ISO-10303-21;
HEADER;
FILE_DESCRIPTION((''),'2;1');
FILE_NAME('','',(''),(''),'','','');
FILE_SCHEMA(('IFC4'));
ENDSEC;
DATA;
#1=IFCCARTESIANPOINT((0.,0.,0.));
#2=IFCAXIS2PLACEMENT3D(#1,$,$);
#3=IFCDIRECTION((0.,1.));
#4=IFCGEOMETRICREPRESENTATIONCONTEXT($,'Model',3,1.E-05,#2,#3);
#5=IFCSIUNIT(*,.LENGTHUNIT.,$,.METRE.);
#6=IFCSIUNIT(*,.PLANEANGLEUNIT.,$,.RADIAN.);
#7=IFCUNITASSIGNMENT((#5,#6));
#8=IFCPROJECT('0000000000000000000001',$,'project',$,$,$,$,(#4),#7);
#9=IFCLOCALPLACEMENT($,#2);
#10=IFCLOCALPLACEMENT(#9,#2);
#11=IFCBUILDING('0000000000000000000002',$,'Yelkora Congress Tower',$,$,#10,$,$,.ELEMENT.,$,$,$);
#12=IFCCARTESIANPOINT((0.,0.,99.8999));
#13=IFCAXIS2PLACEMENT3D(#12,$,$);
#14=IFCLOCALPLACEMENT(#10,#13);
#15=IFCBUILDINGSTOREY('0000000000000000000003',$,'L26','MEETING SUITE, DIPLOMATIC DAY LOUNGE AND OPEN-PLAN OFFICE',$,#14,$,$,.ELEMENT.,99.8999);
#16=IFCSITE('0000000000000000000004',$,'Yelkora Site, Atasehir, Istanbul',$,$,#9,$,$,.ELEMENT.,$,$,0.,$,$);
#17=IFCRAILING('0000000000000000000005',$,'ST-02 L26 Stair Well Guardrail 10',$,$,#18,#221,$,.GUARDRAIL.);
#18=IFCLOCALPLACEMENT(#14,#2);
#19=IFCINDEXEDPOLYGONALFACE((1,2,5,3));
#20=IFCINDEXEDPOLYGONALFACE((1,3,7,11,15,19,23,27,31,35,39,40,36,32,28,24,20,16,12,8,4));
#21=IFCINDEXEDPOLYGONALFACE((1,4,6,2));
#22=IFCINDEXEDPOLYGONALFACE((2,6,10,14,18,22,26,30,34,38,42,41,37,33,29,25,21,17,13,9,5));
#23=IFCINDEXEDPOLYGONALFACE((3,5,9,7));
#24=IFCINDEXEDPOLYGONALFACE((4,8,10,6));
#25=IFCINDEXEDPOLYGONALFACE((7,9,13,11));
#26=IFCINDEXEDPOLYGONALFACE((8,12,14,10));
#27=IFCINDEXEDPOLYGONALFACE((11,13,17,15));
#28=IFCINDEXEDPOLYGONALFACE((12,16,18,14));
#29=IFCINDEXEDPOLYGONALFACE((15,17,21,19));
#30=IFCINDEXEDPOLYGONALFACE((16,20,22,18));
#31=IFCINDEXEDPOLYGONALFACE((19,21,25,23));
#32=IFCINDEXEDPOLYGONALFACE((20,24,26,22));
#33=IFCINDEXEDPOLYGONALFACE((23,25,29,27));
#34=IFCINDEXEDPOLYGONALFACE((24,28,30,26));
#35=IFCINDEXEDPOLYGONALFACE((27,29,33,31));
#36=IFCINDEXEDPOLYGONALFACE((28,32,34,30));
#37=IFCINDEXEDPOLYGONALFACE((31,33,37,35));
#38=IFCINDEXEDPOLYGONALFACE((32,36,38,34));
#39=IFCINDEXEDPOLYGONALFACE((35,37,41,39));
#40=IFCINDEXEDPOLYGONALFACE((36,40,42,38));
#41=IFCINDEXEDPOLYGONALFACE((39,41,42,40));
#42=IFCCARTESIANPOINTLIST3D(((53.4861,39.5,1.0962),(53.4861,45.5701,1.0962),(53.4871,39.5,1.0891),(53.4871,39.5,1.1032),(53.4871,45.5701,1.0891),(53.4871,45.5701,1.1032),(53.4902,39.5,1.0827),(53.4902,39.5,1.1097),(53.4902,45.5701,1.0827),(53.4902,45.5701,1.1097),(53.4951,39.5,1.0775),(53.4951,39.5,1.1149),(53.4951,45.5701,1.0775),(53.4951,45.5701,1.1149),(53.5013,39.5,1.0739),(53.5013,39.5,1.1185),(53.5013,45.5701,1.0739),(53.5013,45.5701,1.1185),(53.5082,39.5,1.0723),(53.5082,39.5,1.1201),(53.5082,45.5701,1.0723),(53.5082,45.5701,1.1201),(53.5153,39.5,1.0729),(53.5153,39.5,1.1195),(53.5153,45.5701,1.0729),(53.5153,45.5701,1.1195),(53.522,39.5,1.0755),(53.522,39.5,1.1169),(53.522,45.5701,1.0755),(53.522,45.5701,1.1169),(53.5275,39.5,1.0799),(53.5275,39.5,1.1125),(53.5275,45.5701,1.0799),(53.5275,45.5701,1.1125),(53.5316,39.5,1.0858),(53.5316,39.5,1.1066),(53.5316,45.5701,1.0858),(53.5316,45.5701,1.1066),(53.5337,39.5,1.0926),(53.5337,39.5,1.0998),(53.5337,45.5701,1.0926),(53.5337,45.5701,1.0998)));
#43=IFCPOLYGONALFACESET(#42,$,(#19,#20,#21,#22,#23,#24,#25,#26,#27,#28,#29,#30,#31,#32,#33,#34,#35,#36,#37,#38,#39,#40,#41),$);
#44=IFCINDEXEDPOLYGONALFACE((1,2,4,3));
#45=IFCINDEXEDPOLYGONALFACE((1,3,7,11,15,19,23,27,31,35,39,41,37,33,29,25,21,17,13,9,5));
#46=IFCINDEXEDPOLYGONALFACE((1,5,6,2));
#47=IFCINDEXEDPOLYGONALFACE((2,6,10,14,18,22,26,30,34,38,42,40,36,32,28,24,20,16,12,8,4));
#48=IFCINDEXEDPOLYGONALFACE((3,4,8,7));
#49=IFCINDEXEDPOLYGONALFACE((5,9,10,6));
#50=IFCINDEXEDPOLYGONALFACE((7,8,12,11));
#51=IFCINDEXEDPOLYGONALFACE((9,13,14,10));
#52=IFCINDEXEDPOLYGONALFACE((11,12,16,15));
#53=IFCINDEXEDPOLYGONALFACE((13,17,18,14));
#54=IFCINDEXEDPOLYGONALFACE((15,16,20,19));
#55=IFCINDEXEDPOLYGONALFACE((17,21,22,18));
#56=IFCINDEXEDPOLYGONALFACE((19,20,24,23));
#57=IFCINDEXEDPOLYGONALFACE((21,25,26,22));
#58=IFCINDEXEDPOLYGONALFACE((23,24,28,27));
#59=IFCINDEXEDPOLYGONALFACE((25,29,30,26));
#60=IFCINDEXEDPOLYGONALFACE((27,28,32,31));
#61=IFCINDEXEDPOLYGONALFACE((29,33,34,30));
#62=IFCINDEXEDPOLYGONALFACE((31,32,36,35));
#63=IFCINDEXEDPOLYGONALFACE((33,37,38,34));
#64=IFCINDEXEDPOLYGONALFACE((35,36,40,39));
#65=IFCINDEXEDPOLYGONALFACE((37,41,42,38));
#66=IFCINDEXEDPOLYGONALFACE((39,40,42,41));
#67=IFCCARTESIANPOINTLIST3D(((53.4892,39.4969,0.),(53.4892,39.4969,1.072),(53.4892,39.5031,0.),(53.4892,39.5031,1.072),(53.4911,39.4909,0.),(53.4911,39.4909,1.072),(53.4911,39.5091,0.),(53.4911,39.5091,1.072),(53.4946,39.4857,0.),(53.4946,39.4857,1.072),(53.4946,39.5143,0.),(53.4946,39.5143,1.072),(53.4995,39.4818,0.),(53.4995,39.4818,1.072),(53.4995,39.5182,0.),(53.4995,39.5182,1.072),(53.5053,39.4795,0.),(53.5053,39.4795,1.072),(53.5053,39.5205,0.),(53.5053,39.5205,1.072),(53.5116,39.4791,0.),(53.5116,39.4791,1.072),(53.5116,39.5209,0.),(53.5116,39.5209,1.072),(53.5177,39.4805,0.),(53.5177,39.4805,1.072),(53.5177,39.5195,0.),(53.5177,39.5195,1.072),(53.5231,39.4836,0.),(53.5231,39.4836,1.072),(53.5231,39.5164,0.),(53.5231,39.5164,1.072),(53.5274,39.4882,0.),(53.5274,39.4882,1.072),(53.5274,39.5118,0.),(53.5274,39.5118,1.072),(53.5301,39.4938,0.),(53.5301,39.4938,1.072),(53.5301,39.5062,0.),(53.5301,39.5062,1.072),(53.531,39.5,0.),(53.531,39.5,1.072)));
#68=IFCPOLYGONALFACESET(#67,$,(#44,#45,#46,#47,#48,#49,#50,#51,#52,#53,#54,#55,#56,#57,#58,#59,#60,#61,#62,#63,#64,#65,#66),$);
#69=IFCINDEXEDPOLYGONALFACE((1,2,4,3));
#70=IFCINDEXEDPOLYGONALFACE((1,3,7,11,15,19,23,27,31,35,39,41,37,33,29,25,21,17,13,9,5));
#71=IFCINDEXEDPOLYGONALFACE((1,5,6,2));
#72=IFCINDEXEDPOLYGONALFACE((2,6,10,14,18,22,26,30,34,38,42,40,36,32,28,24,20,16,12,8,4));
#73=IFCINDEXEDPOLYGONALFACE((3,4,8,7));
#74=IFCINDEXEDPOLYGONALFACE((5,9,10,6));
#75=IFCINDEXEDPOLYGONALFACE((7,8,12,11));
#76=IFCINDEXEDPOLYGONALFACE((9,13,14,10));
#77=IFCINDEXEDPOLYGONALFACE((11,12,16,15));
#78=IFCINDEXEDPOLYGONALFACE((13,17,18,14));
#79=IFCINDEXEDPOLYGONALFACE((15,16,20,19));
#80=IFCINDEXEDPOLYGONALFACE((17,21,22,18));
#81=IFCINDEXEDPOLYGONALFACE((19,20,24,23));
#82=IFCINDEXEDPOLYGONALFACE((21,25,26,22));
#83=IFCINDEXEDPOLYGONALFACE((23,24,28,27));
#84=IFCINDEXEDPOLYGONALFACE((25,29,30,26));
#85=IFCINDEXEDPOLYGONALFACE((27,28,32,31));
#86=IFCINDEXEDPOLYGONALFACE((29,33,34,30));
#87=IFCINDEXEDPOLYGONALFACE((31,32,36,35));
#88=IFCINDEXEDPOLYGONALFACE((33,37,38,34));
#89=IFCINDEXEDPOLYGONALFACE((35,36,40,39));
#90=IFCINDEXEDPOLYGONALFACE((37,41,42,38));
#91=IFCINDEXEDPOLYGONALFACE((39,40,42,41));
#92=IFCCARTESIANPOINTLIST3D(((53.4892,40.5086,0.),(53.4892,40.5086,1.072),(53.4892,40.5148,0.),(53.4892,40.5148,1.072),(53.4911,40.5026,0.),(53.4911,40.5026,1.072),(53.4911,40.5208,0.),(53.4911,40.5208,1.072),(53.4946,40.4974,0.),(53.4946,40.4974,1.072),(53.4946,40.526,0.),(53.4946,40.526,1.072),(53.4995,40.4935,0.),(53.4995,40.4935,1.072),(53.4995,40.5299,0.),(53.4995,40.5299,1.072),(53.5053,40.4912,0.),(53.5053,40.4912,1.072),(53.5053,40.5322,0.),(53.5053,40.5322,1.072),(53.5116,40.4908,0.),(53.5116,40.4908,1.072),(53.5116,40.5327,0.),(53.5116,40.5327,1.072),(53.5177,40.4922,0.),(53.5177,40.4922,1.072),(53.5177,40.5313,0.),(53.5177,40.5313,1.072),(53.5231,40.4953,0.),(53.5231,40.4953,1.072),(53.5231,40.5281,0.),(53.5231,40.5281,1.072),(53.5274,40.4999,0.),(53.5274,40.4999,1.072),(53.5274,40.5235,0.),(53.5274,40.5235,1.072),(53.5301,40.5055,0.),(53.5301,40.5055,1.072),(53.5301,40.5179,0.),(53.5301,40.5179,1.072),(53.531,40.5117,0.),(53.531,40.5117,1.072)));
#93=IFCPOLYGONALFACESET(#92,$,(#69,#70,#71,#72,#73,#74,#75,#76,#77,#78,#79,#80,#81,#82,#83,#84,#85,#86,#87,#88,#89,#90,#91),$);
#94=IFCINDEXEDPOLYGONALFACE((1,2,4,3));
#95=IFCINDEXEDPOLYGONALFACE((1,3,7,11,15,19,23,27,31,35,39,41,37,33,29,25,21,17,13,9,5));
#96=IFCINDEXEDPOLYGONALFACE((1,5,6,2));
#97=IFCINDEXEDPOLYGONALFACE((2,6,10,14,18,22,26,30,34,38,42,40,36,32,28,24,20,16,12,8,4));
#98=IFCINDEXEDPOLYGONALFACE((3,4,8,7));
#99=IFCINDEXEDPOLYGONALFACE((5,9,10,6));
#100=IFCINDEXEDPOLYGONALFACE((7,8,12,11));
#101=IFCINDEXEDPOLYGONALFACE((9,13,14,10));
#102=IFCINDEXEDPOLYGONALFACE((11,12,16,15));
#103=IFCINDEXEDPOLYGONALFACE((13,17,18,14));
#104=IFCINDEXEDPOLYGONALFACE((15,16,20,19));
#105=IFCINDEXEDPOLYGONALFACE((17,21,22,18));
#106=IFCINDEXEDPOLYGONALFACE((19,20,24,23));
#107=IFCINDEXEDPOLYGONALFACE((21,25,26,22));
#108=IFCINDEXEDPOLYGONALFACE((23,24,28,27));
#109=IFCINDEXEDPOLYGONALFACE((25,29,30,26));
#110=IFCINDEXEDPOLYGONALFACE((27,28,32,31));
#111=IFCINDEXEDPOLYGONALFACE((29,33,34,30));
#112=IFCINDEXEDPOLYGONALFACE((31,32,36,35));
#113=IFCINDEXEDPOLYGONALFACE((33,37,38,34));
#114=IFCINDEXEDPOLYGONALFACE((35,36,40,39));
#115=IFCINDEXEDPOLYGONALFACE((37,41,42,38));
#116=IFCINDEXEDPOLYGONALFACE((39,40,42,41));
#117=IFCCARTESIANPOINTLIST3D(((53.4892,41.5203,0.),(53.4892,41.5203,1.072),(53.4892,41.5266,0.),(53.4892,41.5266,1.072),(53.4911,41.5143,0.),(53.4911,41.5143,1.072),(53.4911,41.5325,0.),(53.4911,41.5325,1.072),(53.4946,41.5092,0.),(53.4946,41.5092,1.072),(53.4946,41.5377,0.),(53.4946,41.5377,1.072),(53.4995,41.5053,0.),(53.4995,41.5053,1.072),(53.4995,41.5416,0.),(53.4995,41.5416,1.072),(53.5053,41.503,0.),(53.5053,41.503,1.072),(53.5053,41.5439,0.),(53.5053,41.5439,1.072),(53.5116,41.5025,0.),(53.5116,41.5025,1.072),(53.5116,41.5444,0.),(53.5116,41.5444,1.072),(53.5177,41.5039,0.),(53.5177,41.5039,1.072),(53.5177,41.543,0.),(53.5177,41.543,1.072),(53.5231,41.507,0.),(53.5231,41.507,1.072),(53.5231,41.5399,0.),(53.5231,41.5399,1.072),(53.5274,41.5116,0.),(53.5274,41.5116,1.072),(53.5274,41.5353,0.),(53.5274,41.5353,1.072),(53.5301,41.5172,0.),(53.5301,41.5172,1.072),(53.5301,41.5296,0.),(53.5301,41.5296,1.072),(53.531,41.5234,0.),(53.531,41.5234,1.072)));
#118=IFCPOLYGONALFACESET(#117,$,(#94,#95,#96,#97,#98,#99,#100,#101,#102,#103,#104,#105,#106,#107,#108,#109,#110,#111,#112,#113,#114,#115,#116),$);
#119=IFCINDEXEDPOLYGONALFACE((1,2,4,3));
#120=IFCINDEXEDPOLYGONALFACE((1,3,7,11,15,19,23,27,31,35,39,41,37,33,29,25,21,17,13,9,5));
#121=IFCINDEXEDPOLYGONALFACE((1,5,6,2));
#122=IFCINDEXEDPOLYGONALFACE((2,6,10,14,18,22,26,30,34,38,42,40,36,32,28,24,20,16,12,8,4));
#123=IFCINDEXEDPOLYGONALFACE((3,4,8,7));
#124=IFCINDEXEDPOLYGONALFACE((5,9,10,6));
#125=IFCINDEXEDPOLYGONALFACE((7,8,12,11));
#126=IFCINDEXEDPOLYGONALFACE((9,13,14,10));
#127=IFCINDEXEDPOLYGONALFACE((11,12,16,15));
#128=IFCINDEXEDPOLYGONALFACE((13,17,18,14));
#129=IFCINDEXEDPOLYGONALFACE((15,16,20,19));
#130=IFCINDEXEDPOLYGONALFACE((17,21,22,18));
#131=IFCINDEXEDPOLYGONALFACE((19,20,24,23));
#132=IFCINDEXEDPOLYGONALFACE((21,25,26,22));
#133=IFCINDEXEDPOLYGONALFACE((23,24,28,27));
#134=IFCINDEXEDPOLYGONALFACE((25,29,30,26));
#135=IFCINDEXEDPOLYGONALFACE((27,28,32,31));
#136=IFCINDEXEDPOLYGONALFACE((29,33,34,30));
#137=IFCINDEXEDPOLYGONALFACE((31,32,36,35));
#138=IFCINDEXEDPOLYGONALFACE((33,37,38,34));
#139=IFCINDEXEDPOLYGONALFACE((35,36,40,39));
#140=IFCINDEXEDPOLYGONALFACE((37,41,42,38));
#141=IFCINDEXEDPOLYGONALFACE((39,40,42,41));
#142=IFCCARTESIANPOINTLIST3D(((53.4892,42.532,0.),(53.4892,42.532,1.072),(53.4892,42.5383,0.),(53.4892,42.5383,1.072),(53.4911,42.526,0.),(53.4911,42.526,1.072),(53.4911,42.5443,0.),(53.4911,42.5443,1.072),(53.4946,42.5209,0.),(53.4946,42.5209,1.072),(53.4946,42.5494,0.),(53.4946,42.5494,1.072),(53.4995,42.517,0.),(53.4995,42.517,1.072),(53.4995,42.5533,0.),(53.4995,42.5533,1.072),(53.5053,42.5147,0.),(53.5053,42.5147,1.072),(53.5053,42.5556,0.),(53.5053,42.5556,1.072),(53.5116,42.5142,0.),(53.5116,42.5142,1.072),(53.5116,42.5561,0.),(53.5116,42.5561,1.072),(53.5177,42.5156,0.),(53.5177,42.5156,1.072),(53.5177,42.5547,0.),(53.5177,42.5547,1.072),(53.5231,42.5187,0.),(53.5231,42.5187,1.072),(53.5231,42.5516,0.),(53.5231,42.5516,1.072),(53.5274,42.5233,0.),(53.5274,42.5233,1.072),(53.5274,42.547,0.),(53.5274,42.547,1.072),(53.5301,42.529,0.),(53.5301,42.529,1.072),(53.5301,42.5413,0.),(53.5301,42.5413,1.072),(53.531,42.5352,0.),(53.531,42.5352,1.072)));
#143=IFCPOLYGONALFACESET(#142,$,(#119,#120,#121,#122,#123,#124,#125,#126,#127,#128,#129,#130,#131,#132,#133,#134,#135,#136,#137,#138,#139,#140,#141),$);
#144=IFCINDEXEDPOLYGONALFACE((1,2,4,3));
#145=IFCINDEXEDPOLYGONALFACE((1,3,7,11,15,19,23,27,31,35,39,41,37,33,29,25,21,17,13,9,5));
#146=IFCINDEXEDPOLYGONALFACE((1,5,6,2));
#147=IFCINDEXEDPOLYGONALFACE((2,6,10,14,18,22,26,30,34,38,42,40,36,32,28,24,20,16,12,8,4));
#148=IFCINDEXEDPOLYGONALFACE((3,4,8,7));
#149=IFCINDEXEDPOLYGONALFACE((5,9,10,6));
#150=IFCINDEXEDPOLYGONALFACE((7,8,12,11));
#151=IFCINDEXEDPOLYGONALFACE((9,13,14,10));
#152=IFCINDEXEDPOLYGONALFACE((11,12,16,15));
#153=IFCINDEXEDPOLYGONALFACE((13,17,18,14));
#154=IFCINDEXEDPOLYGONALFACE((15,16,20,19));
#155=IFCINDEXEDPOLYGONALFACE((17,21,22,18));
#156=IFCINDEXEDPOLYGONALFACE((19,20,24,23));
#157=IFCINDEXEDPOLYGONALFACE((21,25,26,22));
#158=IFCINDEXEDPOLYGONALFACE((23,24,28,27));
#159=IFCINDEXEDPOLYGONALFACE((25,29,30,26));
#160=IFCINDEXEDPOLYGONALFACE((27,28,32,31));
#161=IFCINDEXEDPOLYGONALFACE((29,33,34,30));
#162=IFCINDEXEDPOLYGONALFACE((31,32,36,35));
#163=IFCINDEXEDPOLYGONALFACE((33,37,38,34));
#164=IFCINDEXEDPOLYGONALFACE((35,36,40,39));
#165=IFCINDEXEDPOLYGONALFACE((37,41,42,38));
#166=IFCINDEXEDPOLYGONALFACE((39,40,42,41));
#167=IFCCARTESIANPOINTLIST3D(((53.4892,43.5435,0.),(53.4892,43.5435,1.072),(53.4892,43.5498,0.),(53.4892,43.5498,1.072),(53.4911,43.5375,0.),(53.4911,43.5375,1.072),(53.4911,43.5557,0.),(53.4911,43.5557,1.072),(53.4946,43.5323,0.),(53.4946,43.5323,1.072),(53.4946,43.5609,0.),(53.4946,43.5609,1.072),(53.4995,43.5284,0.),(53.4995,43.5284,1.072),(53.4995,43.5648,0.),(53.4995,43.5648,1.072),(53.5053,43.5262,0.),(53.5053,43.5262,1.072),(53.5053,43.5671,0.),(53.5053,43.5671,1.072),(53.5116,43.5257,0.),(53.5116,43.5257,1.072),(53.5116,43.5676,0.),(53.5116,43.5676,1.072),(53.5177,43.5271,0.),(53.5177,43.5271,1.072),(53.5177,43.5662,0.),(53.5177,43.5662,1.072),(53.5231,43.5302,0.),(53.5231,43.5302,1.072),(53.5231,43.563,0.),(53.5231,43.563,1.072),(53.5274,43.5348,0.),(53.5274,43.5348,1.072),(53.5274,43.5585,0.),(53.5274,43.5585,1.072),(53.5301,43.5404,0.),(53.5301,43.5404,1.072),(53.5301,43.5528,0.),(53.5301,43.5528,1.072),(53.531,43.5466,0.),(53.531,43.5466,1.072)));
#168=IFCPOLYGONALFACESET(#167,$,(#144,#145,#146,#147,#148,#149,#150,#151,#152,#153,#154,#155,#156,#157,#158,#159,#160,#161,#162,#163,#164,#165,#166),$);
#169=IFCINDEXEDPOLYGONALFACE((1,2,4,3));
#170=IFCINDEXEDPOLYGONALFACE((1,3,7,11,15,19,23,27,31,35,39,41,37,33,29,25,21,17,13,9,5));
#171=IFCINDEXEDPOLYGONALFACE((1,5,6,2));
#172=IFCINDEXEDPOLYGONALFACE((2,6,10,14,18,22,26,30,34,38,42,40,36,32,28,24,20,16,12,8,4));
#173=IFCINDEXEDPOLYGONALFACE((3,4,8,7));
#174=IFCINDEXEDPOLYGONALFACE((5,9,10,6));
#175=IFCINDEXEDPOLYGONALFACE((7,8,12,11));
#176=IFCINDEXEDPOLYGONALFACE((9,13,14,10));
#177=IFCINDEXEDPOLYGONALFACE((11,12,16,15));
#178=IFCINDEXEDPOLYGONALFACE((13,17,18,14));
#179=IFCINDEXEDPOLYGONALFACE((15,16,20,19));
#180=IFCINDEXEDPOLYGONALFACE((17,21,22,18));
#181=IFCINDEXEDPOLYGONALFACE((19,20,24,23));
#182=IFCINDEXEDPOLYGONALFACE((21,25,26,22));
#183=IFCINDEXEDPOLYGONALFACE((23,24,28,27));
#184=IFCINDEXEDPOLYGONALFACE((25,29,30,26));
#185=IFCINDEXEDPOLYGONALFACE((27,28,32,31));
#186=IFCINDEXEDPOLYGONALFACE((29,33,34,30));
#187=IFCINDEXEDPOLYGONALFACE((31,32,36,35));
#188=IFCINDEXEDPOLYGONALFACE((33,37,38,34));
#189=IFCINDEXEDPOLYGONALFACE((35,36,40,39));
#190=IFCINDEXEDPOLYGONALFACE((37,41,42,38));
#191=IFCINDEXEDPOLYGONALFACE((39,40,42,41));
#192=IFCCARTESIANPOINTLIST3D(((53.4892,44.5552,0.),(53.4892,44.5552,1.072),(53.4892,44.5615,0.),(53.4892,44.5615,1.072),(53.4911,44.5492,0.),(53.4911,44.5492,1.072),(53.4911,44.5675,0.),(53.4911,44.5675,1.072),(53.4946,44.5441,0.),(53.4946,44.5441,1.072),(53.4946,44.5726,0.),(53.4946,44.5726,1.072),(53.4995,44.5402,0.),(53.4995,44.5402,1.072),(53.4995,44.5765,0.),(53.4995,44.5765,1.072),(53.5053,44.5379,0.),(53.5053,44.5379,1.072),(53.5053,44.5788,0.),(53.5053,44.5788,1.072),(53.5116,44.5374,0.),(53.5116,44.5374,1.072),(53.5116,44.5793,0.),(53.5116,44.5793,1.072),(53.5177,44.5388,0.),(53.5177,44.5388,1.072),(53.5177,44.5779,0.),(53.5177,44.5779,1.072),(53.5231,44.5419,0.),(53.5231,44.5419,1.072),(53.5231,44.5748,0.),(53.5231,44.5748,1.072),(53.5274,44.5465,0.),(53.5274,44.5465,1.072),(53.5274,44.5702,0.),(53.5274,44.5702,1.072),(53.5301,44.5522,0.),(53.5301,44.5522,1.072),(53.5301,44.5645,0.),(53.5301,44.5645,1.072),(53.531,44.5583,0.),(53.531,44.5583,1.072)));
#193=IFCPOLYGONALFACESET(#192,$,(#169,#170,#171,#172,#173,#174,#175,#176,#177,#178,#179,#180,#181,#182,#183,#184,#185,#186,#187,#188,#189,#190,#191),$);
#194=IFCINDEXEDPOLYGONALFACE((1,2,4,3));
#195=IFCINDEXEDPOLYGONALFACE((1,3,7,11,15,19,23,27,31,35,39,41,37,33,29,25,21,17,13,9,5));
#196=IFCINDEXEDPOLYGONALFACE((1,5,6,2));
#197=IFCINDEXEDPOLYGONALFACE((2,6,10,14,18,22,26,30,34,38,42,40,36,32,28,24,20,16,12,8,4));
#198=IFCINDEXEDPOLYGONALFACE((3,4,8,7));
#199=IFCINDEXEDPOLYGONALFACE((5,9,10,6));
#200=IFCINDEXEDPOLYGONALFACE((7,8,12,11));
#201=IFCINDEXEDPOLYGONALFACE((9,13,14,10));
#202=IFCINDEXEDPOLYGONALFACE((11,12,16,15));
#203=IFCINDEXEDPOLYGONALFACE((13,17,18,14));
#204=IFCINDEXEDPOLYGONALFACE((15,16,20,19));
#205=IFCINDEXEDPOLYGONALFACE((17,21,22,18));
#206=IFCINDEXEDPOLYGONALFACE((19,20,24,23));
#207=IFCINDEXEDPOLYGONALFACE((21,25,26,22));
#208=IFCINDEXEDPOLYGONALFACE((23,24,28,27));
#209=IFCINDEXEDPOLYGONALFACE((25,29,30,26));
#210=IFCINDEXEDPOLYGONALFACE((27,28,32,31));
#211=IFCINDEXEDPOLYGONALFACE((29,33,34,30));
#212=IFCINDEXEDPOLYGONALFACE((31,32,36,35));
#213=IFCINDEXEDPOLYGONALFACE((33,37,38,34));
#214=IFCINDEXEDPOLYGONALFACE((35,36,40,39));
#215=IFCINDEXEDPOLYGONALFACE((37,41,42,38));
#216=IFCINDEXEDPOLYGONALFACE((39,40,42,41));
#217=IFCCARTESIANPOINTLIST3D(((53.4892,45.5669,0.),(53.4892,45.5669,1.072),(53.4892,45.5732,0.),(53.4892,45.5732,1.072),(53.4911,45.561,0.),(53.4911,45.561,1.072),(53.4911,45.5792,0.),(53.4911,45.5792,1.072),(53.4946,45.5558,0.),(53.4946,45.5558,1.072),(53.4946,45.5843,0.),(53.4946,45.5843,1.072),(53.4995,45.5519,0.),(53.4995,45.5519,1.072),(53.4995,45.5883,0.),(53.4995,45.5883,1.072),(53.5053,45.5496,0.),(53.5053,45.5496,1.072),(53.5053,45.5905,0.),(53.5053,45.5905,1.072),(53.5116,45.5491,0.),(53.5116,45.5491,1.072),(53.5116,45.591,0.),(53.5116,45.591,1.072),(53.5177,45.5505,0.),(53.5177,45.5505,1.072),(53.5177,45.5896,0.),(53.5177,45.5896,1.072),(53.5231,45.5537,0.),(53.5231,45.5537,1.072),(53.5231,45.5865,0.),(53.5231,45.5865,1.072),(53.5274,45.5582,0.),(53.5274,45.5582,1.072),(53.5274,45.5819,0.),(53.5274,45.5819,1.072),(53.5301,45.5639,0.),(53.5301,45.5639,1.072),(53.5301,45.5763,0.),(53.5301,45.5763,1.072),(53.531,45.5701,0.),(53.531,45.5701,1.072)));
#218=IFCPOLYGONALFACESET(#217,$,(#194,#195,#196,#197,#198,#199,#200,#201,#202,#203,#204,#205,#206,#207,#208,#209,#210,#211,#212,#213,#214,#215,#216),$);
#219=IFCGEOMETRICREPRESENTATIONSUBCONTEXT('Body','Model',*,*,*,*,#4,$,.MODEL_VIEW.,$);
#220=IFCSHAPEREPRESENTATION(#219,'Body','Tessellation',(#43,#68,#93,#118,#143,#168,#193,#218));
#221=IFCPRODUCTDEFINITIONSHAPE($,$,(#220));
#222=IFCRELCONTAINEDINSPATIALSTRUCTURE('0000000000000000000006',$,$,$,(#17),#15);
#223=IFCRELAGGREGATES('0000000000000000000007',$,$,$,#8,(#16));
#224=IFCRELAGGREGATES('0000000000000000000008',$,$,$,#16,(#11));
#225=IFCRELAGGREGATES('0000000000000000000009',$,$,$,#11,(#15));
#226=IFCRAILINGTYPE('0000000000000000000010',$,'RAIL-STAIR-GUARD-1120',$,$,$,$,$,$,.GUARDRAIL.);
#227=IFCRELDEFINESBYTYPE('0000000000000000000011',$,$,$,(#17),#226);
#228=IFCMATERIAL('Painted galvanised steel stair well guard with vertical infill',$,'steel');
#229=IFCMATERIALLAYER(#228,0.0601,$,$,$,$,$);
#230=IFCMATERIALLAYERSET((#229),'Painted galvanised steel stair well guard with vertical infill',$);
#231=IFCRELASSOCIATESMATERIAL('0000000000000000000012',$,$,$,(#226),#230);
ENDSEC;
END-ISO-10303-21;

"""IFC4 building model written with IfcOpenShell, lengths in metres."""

from ifc_helpers import new_model, si_unit, direction, frame, origin, origin_2d, place, context, subcontext, project, spatial, circle, extrude, material, layer, layer_set, type_object, element, save


model = new_model("IFC4")

# Units and contexts
model_context = context("Model", 3, precision=1e-05, world=origin(), true_north=direction((0.0, 1.0)))
body_context = subcontext(model_context, "Body", "Model", "MODEL_VIEW")
ifc_project = project(units=[si_unit("LENGTHUNIT", "METRE"), si_unit("PLANEANGLEUNIT", "RADIAN")], contexts=[model_context])

# Site, building, storey
site_placement = place(None, origin())
site = spatial("IfcSite", under=ifc_project, at=site_placement, Name="Yelkora Site, Atasehir, Istanbul", CompositionType="ELEMENT", RefElevation=0.0)
building_placement = place(site_placement, origin())
building = spatial("IfcBuilding", under=site, at=building_placement, Name="Yelkora Congress Tower", CompositionType="ELEMENT")
storey_placement = place(building_placement, frame((0.0, 0.0, 99.8999)))
storey = spatial("IfcBuildingStorey", under=building, at=storey_placement, Name="L26", Description="MEETING SUITE, DIPLOMATIC DAY LOUNGE AND OPEN-PLAN OFFICE", CompositionType="ELEMENT", Elevation=99.8999)

# Railing
ifc_material_1 = material(Name="Painted galvanised steel stair well guard with vertical infill", Category="steel")
ifc_layer_1 = layer(ifc_material_1, 0.0601)
ifc_layer_set_1 = layer_set([ifc_layer_1], Name="Painted galvanised steel stair well guard with vertical infill")
railing_type = type_object("IfcRailingType", Name="RAIL-STAIR-GUARD-1120", PredefinedType="GUARDRAIL", material=ifc_layer_set_1)
railing_1_placement = place(storey_placement, frame((53.51, 39.5, 0.0)))
element("IfcRailing", 1, at=railing_1_placement, inside=storey, type_object=railing_type, Name="ST-02 L26 Stair Well Guardrail 10", PredefinedType="GUARDRAIL", context=body_context, shape_type="SweptSolid", body=[
    extrude(circle(Radius=0.0239, at=origin_2d()), frame((0.0, 0.0, 1.0962), z_axis=(0.0, 1.0, 0.0), x_axis=(-1.0, 0.0, 0.0)), (0.0, 0.0, 1.0), 6.0701),
    extrude(circle(Radius=0.021, at=origin_2d()), origin(), (0.0, 0.0, 1.0), 1.072),
    extrude(circle(Radius=0.021, at=origin_2d()), frame((0.0, 1.0117, 0.0)), (0.0, 0.0, 1.0), 1.072),
    extrude(circle(Radius=0.021, at=origin_2d()), frame((0.0, 2.0234, 0.0)), (0.0, 0.0, 1.0), 1.072),
    extrude(circle(Radius=0.021, at=origin_2d()), frame((0.0, 3.0352, 0.0)), (0.0, 0.0, 1.0), 1.072),
    extrude(circle(Radius=0.021, at=origin_2d()), frame((0.0, 4.0466, 0.0)), (0.0, 0.0, 1.0), 1.072),
    extrude(circle(Radius=0.021, at=origin_2d()), frame((0.0, 5.0583, 0.0)), (0.0, 0.0, 1.0), 1.072),
    extrude(circle(Radius=0.021, at=origin_2d()), frame((0.0, 6.0701, 0.0)), (0.0, 0.0, 1.0), 1.072),
])

save(model, "model.ifc")
